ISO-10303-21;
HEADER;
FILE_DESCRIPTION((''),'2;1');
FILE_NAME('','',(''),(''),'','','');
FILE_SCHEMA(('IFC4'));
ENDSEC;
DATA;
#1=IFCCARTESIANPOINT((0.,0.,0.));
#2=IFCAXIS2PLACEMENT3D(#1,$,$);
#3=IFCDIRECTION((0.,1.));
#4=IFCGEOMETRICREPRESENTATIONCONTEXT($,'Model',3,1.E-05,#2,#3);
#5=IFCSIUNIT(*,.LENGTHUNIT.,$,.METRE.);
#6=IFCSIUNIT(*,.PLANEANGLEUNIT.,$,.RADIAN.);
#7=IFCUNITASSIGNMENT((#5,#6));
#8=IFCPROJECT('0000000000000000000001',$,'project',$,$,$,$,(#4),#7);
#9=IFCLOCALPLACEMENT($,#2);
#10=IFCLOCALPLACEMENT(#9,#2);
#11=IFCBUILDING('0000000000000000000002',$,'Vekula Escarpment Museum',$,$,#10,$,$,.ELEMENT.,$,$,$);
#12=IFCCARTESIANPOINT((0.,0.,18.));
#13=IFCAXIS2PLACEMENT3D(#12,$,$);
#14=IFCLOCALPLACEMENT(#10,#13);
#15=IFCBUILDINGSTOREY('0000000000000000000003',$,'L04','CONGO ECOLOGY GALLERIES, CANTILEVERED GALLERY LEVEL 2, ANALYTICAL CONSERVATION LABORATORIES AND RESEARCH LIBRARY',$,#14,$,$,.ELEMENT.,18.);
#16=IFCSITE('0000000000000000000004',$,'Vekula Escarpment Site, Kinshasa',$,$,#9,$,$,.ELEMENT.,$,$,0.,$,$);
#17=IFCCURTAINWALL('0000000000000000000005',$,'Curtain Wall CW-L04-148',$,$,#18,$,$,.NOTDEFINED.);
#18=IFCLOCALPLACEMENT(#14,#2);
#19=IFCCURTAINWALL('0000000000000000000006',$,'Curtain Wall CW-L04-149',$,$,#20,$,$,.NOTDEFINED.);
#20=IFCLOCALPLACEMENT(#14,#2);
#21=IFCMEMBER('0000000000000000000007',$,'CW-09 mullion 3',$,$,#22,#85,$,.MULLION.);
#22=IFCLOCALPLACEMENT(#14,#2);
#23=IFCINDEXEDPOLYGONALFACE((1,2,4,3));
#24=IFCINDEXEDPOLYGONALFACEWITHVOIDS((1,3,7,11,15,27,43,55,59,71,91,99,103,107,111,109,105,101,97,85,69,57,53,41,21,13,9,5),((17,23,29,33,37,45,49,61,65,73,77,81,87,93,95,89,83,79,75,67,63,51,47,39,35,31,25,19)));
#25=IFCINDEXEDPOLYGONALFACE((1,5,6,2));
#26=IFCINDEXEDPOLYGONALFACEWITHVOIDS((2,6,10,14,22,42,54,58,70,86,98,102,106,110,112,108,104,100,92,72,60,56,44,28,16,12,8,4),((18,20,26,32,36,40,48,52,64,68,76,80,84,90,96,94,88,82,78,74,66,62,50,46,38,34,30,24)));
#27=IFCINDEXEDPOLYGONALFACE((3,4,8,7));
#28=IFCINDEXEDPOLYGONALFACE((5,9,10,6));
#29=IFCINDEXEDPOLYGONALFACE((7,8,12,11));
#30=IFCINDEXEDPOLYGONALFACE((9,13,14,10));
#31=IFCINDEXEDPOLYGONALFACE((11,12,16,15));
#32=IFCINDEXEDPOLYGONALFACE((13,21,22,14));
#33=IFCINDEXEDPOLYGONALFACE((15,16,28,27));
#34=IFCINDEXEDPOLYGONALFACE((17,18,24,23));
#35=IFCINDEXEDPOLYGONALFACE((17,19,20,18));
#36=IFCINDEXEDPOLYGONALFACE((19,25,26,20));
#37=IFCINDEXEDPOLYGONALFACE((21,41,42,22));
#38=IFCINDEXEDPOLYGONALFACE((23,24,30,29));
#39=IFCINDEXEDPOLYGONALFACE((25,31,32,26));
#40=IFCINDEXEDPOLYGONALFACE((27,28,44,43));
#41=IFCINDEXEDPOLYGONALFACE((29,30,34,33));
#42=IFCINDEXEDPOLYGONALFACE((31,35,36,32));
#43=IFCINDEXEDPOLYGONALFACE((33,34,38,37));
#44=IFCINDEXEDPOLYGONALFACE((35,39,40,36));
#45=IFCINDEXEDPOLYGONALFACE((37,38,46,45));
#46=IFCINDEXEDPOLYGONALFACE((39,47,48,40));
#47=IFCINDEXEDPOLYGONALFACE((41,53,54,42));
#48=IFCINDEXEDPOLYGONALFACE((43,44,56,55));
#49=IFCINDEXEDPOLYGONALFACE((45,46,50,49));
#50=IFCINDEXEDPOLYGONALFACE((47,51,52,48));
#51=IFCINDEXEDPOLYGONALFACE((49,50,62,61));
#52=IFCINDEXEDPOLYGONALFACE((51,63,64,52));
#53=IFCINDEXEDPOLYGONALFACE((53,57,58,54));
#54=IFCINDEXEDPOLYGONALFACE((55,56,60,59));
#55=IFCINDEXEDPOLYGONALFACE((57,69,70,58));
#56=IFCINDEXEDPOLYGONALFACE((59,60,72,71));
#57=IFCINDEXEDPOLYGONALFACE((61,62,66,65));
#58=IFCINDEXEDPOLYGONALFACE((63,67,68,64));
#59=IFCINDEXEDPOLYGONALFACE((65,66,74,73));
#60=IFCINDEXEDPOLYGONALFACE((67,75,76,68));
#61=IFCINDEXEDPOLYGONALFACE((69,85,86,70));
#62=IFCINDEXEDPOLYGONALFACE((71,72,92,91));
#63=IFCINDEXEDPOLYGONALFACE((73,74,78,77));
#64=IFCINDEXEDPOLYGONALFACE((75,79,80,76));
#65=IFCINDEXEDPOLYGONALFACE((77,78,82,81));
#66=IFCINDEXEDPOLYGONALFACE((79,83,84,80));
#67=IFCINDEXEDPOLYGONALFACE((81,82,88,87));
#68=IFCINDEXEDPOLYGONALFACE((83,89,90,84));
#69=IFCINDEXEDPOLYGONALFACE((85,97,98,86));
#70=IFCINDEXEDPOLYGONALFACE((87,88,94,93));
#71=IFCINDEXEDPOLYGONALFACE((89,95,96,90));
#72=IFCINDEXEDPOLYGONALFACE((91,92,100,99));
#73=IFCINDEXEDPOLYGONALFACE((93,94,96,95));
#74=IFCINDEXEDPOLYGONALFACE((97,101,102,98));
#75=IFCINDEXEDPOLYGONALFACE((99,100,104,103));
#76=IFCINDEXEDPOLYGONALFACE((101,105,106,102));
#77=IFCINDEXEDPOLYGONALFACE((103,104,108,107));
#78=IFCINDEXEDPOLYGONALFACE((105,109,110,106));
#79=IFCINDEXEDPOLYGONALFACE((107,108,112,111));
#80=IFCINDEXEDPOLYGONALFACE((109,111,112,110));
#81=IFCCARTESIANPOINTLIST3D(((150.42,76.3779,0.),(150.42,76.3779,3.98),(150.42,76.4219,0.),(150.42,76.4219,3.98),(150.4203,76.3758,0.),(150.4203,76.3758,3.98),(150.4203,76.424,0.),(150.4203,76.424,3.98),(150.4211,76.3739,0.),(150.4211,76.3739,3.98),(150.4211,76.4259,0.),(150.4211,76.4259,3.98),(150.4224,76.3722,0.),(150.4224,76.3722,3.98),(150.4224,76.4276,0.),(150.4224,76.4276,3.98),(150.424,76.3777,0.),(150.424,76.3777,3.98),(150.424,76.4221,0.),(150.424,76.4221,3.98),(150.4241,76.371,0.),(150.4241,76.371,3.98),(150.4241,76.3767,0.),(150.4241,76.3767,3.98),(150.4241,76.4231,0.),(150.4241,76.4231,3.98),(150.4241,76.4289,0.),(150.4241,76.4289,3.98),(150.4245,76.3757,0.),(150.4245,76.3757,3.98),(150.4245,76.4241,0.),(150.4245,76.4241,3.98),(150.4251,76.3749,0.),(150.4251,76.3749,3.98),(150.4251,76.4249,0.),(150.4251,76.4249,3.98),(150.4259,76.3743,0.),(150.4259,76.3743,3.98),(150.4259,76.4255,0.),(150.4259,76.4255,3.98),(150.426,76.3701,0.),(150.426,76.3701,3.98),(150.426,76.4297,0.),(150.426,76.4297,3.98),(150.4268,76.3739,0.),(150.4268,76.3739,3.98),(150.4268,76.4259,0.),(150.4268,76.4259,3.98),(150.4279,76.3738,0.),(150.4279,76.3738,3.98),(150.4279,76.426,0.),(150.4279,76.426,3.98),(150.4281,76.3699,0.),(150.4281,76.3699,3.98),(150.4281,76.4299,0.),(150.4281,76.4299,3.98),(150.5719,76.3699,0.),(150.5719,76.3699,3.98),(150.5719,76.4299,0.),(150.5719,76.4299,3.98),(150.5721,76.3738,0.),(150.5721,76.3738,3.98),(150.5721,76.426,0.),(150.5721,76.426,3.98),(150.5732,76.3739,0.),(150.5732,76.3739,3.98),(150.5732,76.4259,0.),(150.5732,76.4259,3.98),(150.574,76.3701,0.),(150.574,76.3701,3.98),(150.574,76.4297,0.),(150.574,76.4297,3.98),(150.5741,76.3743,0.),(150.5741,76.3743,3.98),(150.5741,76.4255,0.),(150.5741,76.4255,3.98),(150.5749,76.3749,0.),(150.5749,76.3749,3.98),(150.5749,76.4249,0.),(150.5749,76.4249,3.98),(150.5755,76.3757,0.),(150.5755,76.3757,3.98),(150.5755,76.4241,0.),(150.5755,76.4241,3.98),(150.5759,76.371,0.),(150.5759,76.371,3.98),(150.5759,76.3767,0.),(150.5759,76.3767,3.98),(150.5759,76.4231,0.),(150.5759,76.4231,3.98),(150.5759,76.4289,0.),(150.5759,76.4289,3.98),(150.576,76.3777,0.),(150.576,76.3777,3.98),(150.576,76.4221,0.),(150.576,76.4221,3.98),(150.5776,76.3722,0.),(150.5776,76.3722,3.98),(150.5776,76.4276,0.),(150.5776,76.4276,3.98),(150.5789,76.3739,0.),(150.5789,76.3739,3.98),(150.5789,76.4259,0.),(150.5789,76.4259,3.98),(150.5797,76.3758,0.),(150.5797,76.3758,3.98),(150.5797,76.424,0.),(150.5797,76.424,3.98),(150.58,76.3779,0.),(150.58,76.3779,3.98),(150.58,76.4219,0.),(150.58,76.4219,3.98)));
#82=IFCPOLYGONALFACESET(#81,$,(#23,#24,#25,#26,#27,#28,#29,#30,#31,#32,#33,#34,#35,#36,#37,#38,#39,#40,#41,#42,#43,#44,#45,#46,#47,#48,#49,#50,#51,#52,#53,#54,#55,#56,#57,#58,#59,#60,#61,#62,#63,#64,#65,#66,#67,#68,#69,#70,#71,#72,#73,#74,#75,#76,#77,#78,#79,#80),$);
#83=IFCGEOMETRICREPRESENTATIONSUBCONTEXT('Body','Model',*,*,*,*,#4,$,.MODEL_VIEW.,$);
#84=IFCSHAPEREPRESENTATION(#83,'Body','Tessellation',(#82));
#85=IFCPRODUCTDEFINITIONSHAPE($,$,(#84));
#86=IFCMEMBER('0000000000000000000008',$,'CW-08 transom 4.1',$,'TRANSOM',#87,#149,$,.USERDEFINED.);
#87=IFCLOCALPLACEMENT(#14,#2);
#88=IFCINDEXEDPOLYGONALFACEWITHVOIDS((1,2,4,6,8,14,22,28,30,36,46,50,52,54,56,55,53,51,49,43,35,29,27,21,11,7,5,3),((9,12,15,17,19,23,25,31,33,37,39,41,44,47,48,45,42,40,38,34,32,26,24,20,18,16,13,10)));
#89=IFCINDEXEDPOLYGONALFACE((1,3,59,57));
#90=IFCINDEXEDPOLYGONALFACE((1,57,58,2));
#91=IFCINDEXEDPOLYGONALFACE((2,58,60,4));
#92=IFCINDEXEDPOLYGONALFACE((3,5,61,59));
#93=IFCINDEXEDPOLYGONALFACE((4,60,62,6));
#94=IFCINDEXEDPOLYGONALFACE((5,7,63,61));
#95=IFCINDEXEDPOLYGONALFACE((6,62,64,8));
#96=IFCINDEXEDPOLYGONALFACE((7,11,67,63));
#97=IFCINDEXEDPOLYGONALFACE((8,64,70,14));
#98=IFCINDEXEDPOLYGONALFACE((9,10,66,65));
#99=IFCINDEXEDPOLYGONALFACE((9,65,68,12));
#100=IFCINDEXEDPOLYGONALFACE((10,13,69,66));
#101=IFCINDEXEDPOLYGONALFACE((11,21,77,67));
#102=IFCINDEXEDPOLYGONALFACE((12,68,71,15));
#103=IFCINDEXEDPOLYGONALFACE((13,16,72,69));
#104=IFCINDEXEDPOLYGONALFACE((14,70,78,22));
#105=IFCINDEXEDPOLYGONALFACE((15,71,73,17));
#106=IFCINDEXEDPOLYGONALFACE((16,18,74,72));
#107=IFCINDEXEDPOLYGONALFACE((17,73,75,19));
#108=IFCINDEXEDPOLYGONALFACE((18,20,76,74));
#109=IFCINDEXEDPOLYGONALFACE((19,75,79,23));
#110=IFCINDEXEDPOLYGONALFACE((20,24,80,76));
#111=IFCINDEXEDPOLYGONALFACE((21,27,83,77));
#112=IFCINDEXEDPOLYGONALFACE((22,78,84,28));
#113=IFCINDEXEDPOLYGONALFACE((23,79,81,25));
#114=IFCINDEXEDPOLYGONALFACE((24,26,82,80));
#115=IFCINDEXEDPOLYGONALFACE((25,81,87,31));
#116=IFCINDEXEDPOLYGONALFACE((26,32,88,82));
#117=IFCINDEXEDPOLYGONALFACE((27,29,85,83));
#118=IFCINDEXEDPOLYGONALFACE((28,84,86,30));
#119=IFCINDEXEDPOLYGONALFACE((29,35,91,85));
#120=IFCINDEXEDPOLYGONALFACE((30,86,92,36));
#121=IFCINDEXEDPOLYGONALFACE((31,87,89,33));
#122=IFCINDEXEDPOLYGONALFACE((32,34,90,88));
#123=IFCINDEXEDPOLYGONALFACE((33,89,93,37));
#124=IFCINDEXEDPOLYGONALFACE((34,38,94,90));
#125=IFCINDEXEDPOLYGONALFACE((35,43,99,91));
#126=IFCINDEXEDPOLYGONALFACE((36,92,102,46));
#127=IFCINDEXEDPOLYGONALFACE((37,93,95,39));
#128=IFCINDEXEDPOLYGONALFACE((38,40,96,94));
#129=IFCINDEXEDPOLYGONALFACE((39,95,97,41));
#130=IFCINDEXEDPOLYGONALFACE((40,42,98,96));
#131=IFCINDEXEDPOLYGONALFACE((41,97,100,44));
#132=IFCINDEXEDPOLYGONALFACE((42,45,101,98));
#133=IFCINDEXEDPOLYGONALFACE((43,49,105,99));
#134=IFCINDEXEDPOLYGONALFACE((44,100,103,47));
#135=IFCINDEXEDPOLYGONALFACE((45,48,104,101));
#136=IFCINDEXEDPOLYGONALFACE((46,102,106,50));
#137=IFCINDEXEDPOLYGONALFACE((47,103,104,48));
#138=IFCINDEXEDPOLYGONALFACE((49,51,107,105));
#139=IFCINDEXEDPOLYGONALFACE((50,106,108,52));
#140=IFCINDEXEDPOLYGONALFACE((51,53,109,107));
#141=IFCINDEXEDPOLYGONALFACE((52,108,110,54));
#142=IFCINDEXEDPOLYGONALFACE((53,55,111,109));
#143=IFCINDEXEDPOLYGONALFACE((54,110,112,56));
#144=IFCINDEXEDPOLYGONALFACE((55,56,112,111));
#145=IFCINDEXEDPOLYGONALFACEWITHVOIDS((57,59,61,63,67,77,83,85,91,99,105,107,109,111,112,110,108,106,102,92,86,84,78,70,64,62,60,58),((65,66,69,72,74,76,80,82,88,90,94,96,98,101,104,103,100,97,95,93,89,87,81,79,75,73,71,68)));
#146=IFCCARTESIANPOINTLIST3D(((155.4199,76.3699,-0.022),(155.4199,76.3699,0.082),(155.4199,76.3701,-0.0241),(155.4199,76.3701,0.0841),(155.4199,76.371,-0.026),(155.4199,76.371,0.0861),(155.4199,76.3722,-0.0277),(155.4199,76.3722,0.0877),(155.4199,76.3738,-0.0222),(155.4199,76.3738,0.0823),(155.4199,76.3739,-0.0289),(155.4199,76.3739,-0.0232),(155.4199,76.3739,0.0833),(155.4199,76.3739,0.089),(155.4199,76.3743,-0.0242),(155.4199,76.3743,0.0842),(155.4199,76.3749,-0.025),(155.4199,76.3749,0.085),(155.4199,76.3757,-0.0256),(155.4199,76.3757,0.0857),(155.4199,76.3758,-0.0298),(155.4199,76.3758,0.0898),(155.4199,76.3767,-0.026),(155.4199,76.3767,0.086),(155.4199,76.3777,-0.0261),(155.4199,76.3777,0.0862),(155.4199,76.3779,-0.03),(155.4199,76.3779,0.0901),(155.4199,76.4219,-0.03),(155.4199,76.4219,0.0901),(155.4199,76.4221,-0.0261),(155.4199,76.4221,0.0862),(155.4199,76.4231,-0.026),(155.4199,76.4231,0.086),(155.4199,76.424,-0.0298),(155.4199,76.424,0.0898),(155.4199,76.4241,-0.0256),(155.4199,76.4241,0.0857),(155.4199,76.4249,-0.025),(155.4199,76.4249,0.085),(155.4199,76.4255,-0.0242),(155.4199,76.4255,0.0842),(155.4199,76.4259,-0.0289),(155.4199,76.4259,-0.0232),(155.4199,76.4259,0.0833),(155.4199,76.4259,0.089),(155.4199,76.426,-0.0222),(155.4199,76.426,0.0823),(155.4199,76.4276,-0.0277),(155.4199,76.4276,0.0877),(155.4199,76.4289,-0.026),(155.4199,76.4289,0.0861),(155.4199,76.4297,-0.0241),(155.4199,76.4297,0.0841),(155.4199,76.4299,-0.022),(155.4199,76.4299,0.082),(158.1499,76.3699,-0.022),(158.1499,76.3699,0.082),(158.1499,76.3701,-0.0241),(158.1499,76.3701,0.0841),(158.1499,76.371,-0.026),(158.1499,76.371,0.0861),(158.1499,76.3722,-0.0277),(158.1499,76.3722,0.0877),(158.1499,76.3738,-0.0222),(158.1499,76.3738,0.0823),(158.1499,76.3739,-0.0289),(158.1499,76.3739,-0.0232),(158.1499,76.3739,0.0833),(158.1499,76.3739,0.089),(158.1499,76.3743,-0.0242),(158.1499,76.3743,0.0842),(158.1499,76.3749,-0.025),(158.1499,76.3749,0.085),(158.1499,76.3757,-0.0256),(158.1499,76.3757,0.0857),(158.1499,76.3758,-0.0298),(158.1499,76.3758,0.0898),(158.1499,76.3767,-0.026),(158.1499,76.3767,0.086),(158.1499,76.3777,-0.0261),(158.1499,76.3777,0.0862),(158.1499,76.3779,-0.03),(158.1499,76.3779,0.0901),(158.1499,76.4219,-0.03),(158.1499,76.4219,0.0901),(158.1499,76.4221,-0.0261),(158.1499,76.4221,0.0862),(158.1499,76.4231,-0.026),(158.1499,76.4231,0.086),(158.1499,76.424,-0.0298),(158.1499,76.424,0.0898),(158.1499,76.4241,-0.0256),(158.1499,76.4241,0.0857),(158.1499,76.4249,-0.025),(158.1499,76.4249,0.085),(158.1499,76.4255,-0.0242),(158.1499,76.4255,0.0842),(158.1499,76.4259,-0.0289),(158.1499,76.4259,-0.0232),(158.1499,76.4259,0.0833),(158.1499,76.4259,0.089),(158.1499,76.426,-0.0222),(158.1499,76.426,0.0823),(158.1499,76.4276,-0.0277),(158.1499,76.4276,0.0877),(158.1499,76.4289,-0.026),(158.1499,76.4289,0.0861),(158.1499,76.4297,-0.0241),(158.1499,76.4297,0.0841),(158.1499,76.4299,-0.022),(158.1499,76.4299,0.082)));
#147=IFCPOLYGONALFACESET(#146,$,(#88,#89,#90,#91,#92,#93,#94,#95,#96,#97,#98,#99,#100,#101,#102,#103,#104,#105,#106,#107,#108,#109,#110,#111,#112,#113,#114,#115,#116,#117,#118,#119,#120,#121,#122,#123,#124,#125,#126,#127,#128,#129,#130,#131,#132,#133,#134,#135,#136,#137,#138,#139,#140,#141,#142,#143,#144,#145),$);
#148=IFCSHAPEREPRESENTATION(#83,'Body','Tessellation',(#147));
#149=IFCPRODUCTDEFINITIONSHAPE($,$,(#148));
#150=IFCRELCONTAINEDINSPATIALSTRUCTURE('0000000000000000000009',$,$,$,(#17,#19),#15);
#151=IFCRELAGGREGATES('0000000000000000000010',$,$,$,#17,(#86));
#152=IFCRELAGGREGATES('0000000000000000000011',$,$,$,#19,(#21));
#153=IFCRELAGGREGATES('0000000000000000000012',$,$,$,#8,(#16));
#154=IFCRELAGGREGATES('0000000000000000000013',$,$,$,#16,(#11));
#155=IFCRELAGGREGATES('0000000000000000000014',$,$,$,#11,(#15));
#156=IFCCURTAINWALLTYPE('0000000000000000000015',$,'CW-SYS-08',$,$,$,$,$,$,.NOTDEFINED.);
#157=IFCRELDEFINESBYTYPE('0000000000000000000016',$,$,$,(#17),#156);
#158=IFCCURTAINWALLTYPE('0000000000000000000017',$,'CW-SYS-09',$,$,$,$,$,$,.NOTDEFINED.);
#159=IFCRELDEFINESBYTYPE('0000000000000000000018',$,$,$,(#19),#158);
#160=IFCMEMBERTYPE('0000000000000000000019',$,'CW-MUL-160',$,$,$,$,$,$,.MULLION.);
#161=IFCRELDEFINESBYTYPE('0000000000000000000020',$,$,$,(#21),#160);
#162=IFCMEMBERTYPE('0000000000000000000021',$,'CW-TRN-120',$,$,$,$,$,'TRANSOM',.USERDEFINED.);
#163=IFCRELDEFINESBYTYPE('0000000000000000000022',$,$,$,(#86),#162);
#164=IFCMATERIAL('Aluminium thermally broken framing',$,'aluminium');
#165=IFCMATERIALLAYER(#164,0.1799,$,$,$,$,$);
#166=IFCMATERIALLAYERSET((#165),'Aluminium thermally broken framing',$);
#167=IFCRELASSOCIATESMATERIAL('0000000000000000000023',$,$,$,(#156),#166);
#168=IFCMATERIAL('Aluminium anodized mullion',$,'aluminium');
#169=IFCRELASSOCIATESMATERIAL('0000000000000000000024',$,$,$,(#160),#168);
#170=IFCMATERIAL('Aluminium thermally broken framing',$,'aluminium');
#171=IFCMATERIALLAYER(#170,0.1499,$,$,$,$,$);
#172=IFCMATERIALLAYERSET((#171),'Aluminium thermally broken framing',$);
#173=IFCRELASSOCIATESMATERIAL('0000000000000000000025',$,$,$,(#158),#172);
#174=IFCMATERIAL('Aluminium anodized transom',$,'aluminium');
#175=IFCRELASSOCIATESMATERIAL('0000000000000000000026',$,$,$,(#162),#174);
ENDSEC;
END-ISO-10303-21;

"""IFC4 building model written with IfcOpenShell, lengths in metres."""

from ifc_helpers import new_model, si_unit, direction, frame, origin, origin_2d, place, context, subcontext, project, spatial, hollow_rectangle, extrude, material, layer, layer_set, material_profile, profile_set, type_object, element, aggregate, save


model = new_model("IFC4")

# Units and contexts
model_context = context("Model", 3, precision=1e-05, world=origin(), true_north=direction((0.0, 1.0)))
body_context = subcontext(model_context, "Body", "Model", "MODEL_VIEW")
ifc_project = project(units=[si_unit("LENGTHUNIT", "METRE"), si_unit("PLANEANGLEUNIT", "RADIAN")], contexts=[model_context])

# Site, building, storey
site_placement = place(None, origin())
site = spatial("IfcSite", under=ifc_project, at=site_placement, Name="Vekula Escarpment Site, Kinshasa", CompositionType="ELEMENT", RefElevation=0.0)
building_placement = place(site_placement, origin())
building = spatial("IfcBuilding", under=site, at=building_placement, Name="Vekula Escarpment Museum", CompositionType="ELEMENT")
storey_placement = place(building_placement, frame((0.0, 0.0, 18.0)))
storey = spatial("IfcBuildingStorey", under=building, at=storey_placement, Name="L04", Description="CONGO ECOLOGY GALLERIES, CANTILEVERED GALLERY LEVEL 2, ANALYTICAL CONSERVATION LABORATORIES AND RESEARCH LIBRARY", CompositionType="ELEMENT", Elevation=18.0)

# Curtain wall
ifc_material_1 = material(Name="Aluminium thermally broken framing", Category="aluminium")
ifc_layer_1 = layer(ifc_material_1, 0.1799)
ifc_layer_set_1 = layer_set([ifc_layer_1], Name="Aluminium thermally broken framing")
curtain_wall_type_1 = type_object("IfcCurtainWallType", Name="CW-SYS-08", PredefinedType="NOTDEFINED", material=ifc_layer_set_1)
curtain_wall_1_placement = place(storey_placement, origin())
curtain_wall_1 = element("IfcCurtainWall", 1, at=curtain_wall_1_placement, inside=storey, type_object=curtain_wall_type_1, Name="Curtain Wall CW-L04-148", PredefinedType="NOTDEFINED")
ifc_material_2 = material(Name="Aluminium anodized mullion", Category="aluminium")
ifc_material_profile_1 = material_profile(ifc_material_2, hollow_rectangle(XDim=0.0601, YDim=0.1599, WallThickness=0.0039, InnerFilletRadius=0.0039, OuterFilletRadius=0.0081, at=origin_2d()), Name="ALU 160x60x4")
ifc_profile_set_1 = profile_set([ifc_material_profile_1], Name="Aluminium anodized mullion")
member_type_1 = type_object("IfcMemberType", Name="CW-MUL-160", PredefinedType="MULLION", material=ifc_profile_set_1)

# Curtain wall, member
ifc_material_3 = material(Name="Aluminium thermally broken framing", Category="aluminium")
ifc_layer_2 = layer(ifc_material_3, 0.1499)
ifc_layer_set_2 = layer_set([ifc_layer_2], Name="Aluminium thermally broken framing")
curtain_wall_type_2 = type_object("IfcCurtainWallType", Name="CW-SYS-09", PredefinedType="NOTDEFINED", material=ifc_layer_set_2)
curtain_wall_2_placement = place(storey_placement, origin())
curtain_wall_2 = element("IfcCurtainWall", 2, at=curtain_wall_2_placement, inside=storey, type_object=curtain_wall_type_2, Name="Curtain Wall CW-L04-149", PredefinedType="NOTDEFINED")
member_1_placement = place(storey_placement, frame((150.5, 76.3999, 0.0), z_axis=(0.0, 0.0, 1.0), x_axis=(0.0, -1.0, 0.0)))
member_1 = element("IfcMember", 3, at=member_1_placement, type_object=member_type_1, Name="CW-09 mullion 3", PredefinedType="MULLION", context=body_context, shape_type="SweptSolid", body=[
    extrude(hollow_rectangle(XDim=0.0601, YDim=0.1599, WallThickness=0.0039, InnerFilletRadius=0.0039, OuterFilletRadius=0.0081, at=origin_2d()), origin(), (0.0, 0.0, 1.0), 3.98),
])

# Member
ifc_material_4 = material(Name="Aluminium anodized transom", Category="aluminium")
ifc_material_profile_2 = material_profile(ifc_material_4, hollow_rectangle(XDim=0.0601, YDim=0.1201, WallThickness=0.0039, InnerFilletRadius=0.0039, OuterFilletRadius=0.0081, at=origin_2d()), Name="ALU 120x60x4")
ifc_profile_set_2 = profile_set([ifc_material_profile_2], Name="Aluminium anodized transom")
member_type_2 = type_object("IfcMemberType", Name="CW-TRN-120", ElementType="TRANSOM", PredefinedType="USERDEFINED", material=ifc_profile_set_2)
member_2_placement = place(storey_placement, frame((158.1499, 76.3999, 0.03), z_axis=(-1.0, 0.0, 0.0), x_axis=(0.0, -1.0, 0.0)))
member_2 = element("IfcMember", 4, at=member_2_placement, type_object=member_type_2, Name="CW-08 transom 4.1", ObjectType="TRANSOM", PredefinedType="USERDEFINED", context=body_context, shape_type="SweptSolid", body=[
    extrude(hollow_rectangle(XDim=0.0601, YDim=0.1201, WallThickness=0.0039, InnerFilletRadius=0.0039, OuterFilletRadius=0.0081, at=origin_2d()), origin(), (0.0, 0.0, 1.0), 2.73),
])

aggregate(curtain_wall_1, [member_2])
aggregate(curtain_wall_2, [member_1])

save(model, "model.ifc")
